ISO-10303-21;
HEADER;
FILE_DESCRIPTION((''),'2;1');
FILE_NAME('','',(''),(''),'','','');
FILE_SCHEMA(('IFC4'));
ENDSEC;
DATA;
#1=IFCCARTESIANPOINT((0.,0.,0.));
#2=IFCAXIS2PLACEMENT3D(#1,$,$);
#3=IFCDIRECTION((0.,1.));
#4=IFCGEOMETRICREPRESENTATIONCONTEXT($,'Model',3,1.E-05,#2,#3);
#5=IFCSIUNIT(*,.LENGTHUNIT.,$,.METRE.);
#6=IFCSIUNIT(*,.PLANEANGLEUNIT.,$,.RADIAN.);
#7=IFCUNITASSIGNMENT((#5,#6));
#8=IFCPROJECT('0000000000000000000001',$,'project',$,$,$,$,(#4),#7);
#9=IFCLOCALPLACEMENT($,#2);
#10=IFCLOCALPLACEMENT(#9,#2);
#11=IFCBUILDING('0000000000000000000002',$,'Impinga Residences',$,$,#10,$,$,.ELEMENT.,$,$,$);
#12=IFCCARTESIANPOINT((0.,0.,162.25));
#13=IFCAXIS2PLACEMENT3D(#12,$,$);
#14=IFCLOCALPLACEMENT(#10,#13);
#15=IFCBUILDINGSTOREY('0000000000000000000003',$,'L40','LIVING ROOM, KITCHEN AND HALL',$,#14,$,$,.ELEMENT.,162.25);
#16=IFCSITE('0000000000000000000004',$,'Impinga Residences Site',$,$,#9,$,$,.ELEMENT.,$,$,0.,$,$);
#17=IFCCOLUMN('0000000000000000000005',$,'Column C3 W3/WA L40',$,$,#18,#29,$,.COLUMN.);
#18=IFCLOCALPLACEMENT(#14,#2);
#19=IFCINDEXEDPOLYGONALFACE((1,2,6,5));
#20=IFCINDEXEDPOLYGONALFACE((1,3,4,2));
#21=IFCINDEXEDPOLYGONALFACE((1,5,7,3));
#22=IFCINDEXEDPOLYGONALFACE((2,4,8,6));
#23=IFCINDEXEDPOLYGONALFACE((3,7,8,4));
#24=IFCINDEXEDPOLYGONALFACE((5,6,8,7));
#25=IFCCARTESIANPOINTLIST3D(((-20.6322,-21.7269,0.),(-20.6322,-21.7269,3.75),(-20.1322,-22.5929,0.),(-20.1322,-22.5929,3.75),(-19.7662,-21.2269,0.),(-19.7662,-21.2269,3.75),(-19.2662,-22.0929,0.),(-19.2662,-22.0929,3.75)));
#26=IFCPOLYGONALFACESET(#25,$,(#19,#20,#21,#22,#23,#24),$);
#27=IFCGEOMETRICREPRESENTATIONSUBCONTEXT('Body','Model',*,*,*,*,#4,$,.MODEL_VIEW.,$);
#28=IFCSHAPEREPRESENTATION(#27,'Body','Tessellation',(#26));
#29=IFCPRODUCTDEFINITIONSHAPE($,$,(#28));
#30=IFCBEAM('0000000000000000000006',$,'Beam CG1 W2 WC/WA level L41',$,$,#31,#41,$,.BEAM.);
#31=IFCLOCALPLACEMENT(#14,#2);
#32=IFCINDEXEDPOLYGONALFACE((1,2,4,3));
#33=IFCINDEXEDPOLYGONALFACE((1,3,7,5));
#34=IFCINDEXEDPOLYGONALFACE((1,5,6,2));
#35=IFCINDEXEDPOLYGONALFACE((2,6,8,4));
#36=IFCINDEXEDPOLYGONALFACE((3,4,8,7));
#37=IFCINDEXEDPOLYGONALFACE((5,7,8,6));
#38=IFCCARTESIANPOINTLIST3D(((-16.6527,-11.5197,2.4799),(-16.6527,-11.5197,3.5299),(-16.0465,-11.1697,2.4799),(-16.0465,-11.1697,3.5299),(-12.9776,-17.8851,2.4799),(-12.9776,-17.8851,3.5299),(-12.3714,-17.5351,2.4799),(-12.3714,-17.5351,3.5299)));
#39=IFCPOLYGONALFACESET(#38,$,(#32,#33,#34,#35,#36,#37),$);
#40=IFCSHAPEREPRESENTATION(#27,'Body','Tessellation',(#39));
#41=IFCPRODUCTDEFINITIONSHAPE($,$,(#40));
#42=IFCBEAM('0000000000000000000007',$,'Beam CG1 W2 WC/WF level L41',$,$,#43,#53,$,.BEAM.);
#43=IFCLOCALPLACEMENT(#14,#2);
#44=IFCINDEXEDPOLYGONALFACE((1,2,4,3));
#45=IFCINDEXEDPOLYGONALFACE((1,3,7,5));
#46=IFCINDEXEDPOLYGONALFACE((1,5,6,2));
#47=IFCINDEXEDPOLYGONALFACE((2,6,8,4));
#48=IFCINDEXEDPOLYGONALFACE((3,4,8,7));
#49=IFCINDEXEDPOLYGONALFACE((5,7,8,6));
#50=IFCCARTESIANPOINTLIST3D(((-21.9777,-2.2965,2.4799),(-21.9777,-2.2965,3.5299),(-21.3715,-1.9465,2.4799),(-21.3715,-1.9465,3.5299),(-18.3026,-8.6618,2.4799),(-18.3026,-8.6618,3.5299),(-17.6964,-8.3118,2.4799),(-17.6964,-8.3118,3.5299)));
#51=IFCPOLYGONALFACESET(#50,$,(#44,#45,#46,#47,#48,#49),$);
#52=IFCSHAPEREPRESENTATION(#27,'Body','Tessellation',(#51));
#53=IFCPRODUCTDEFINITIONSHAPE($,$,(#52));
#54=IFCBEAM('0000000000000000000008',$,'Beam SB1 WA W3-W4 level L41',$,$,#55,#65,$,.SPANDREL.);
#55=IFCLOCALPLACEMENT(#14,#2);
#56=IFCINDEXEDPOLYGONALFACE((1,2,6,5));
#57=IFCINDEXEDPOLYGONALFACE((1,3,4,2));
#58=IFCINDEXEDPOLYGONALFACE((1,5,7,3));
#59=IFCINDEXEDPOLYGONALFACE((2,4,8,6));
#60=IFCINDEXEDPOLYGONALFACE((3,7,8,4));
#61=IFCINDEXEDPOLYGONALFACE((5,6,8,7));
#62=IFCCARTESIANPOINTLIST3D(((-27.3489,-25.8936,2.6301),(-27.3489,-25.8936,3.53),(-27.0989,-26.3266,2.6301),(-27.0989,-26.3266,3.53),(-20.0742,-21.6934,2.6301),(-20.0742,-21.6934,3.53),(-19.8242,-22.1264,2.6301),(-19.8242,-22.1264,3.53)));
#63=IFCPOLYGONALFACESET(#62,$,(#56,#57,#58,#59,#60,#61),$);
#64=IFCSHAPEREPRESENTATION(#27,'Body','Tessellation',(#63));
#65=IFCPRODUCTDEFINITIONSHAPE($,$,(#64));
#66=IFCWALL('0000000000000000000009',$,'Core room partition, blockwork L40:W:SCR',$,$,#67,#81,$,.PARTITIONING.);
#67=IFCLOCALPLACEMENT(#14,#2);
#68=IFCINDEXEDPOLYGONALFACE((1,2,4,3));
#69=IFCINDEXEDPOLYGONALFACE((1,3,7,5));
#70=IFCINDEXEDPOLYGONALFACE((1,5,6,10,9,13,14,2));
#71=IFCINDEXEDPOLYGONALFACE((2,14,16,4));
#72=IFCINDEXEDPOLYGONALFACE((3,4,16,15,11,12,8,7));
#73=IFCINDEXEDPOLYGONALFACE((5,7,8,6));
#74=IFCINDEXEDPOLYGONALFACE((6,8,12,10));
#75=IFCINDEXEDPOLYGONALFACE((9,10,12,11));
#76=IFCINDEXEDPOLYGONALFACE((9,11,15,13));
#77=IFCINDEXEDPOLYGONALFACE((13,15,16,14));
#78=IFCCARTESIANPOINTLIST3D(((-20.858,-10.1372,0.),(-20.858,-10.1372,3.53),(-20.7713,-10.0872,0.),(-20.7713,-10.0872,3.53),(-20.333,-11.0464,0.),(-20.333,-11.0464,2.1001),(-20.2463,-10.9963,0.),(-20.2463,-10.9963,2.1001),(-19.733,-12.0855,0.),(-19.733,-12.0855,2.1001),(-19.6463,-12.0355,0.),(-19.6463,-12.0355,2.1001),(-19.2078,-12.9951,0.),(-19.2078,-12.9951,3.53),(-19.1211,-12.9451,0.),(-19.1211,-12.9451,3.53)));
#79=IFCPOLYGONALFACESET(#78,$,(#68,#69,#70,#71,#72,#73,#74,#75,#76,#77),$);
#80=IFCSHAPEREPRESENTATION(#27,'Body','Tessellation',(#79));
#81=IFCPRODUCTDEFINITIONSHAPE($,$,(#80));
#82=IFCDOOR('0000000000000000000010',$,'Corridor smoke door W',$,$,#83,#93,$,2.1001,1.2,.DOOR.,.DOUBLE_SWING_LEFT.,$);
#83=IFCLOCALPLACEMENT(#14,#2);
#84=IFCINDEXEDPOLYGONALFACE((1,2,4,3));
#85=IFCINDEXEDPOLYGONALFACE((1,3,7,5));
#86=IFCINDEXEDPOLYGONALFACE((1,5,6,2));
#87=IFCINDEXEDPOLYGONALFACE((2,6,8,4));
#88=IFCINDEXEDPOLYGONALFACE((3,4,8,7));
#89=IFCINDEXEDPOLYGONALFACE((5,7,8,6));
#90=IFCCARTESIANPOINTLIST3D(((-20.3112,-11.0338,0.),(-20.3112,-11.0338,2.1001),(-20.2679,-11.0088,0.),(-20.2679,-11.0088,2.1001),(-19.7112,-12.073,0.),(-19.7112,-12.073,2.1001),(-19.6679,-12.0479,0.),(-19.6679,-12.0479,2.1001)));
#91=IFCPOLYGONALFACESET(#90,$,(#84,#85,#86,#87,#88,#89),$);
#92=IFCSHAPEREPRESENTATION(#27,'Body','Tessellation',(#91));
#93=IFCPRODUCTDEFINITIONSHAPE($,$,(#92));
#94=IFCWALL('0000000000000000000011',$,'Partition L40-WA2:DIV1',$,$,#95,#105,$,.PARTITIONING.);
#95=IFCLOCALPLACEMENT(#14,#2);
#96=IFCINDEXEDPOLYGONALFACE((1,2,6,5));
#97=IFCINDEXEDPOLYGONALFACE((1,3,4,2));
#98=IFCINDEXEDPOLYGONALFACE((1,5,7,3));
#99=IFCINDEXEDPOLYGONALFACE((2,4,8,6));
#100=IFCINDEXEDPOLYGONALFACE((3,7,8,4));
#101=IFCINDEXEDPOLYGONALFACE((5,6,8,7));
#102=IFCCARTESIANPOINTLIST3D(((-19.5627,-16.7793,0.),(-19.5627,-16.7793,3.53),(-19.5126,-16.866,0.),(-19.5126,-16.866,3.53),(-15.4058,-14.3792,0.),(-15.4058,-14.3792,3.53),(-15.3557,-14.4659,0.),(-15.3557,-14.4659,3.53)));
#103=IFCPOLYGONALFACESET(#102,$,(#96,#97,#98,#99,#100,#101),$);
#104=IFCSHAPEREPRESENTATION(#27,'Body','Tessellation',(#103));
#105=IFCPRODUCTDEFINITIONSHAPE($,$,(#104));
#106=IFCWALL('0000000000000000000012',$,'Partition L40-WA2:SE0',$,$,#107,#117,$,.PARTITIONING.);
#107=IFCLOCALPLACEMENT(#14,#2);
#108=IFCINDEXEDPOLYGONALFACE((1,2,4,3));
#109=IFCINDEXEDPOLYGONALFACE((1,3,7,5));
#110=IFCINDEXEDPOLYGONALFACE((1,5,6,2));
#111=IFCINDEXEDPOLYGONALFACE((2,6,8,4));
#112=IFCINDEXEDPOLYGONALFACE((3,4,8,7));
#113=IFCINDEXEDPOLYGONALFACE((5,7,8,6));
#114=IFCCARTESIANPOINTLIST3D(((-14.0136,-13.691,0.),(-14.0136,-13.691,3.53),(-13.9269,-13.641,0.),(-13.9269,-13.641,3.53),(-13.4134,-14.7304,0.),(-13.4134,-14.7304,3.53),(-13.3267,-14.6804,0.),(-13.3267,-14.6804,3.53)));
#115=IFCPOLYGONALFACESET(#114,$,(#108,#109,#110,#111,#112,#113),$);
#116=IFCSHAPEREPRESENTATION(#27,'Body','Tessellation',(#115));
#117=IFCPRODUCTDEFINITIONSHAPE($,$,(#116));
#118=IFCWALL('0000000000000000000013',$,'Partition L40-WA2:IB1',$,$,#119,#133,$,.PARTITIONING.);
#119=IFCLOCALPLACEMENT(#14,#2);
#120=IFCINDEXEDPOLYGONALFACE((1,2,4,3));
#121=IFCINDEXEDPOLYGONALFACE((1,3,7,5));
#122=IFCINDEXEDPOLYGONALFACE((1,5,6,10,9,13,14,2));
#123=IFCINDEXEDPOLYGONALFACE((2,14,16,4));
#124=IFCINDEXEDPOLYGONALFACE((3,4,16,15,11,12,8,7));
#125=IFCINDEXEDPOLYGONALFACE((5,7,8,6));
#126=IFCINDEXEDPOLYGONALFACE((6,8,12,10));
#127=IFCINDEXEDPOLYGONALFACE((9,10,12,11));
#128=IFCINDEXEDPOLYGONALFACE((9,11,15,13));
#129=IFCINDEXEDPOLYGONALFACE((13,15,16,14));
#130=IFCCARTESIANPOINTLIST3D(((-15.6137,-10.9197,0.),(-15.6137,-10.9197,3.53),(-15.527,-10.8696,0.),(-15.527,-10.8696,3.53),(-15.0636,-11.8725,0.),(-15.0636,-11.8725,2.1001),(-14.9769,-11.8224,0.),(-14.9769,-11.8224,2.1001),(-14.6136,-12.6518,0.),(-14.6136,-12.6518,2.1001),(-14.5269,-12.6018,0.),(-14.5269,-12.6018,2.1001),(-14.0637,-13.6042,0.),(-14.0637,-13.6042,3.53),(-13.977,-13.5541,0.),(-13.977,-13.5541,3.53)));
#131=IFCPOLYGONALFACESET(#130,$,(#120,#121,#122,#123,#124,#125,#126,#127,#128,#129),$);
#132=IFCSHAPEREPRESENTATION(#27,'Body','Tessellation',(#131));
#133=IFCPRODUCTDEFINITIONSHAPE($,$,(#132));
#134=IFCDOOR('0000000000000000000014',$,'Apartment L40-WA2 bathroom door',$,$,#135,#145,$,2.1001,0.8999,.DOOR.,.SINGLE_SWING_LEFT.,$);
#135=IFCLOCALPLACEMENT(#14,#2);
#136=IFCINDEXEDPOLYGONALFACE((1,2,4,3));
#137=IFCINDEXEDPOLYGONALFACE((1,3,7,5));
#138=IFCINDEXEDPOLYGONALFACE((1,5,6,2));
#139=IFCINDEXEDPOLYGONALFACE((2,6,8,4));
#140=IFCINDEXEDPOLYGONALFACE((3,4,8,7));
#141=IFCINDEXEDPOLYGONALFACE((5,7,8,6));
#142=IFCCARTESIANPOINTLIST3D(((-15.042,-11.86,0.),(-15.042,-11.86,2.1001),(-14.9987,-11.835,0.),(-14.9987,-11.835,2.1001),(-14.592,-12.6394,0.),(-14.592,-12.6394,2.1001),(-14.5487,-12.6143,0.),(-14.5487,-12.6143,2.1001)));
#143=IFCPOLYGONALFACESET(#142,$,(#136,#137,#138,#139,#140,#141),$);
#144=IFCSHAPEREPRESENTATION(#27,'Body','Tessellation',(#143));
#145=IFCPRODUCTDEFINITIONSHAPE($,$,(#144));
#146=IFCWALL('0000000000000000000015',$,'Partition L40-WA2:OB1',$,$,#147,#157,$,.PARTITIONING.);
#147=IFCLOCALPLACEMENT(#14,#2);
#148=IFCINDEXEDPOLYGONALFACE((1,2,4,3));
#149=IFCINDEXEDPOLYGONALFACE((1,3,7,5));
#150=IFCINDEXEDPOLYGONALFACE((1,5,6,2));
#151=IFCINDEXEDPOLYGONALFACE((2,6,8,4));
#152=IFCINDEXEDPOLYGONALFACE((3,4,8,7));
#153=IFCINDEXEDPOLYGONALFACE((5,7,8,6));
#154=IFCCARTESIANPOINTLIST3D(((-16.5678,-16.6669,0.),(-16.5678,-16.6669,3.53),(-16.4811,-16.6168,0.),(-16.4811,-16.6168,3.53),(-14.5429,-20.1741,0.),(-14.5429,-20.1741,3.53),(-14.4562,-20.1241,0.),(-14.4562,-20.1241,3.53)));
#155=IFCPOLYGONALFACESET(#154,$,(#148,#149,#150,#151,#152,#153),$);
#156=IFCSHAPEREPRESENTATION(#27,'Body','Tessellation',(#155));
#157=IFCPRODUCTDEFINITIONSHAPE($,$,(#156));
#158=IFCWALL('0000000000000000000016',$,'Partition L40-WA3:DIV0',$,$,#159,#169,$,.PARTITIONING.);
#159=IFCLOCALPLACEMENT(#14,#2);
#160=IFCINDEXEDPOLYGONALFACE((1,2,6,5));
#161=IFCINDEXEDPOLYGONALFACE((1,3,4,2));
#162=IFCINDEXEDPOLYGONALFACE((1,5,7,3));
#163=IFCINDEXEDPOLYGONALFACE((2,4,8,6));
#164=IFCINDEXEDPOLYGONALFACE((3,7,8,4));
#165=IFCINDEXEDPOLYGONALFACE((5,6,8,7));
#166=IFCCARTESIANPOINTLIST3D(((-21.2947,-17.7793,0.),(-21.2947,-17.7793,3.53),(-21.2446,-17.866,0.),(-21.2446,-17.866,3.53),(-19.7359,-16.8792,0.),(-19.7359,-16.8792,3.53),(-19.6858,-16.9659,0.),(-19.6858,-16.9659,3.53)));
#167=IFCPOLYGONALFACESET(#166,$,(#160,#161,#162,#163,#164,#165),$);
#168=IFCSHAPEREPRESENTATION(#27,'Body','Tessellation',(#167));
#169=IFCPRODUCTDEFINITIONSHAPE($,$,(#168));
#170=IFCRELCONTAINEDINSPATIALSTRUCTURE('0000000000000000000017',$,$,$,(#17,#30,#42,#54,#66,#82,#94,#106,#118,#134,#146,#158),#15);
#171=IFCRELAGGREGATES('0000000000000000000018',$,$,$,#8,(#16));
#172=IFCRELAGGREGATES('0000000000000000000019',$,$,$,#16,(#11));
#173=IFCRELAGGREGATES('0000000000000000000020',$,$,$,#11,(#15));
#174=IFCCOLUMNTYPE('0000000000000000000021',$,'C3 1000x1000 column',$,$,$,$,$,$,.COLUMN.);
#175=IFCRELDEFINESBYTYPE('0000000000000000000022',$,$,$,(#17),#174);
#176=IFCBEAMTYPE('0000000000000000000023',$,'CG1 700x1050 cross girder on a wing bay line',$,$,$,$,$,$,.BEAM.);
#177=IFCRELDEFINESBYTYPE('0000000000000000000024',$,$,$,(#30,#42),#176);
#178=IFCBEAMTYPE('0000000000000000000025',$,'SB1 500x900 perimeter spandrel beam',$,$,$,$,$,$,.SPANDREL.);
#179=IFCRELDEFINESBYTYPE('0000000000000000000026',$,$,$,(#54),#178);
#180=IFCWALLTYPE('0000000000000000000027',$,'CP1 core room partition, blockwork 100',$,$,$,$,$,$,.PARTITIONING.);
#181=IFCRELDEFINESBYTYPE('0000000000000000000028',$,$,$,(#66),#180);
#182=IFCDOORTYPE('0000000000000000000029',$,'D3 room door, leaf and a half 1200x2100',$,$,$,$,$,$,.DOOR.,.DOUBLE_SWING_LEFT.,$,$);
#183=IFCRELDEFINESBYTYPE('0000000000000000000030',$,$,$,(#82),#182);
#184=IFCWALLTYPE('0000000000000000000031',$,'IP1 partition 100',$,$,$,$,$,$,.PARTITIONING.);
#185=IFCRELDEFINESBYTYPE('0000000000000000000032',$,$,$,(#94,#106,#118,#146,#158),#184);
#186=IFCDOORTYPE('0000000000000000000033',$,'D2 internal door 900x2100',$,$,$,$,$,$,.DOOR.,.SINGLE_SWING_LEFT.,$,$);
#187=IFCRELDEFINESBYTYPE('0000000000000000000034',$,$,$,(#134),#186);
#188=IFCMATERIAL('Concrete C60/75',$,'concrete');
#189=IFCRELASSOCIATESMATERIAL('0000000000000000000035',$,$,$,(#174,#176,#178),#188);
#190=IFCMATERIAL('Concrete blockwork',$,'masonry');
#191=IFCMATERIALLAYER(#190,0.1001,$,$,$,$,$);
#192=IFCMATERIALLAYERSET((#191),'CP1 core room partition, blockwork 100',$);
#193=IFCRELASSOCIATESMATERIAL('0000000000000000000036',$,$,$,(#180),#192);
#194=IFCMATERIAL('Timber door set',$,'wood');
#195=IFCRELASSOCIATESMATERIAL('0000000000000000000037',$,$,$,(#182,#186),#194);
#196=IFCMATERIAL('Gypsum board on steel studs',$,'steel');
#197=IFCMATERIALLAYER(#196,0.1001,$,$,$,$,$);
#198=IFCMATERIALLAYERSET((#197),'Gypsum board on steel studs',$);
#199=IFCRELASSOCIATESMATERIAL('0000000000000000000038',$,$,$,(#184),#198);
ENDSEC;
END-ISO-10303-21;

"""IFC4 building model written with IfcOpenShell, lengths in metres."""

from ifc_helpers import new_model, si_unit, direction, frame, frame_2d, origin, origin_2d, place, context, subcontext, project, spatial, rectangle, extrude, material, layer, layer_set, material_profile, profile_set, type_object, element, fill, save


model = new_model("IFC4")

# Units and contexts
model_context = context("Model", 3, precision=1e-05, world=origin(), true_north=direction((0.0, 1.0)))
body_context = subcontext(model_context, "Body", "Model", "MODEL_VIEW")
ifc_project = project(units=[si_unit("LENGTHUNIT", "METRE"), si_unit("PLANEANGLEUNIT", "RADIAN")], contexts=[model_context])

# Site, building, storey
site_placement = place(None, origin())
site = spatial("IfcSite", under=ifc_project, at=site_placement, Name="Impinga Residences Site", CompositionType="ELEMENT", RefElevation=0.0)
building_placement = place(site_placement, origin())
building = spatial("IfcBuilding", under=site, at=building_placement, Name="Impinga Residences", CompositionType="ELEMENT")
storey_placement = place(building_placement, frame((0.0, 0.0, 162.25)))
storey = spatial("IfcBuildingStorey", under=building, at=storey_placement, Name="L40", Description="LIVING ROOM, KITCHEN AND HALL", CompositionType="ELEMENT", Elevation=162.25)

# Column
ifc_material_1 = material(Name="Concrete C60/75", Category="concrete")
ifc_material_profile_1 = material_profile(ifc_material_1, rectangle(XDim=1.0, YDim=1.0, at=origin_2d()), Name="RC 1000x1000")
ifc_profile_set_1 = profile_set([ifc_material_profile_1], Name="Concrete C60/75")
column_type = type_object("IfcColumnType", Name="C3 1000x1000 column", PredefinedType="COLUMN", material=ifc_profile_set_1)
column_placement = place(storey_placement, frame((-19.9492, -21.9099, 0.0), z_axis=(0.0, 0.0, 1.0), x_axis=(-0.5, 0.866025, 0.0)))
element("IfcColumn", 1, at=column_placement, inside=storey, type_object=column_type, Name="Column C3 W3/WA L40", PredefinedType="COLUMN", context=body_context, shape_type="SweptSolid", body=[
    extrude(rectangle(XDim=1.0, YDim=1.0, at=origin_2d()), origin(), (0.0, 0.0, 1.0), 3.75),
])

# Beams
ifc_material_profile_2 = material_profile(ifc_material_1, rectangle(XDim=0.7, YDim=1.05, at=origin_2d()), Name="RC 700x1050")
ifc_profile_set_2 = profile_set([ifc_material_profile_2], Name="Concrete C60/75")
beam_type_1 = type_object("IfcBeamType", Name="CG1 700x1050 cross girder on a wing bay line", PredefinedType="BEAM", material=ifc_profile_set_2)
for number, where, z_axis, x_axis, name in (
    (2, (-16.3496, -11.3447, 3.0049), (0.500008, -0.866021, 0.0), (0.866021, 0.500008, 0.0), "Beam CG1 W2 WC/WA level L41"),
    (3, (-17.9995, -8.4868, 3.0049), (-0.500008, 0.866021, 0.0), (-0.866021, -0.500008, 0.0), "Beam CG1 W2 WC/WF level L41"),
):
    element("IfcBeam", number, at=place(storey_placement, frame(where, z_axis=z_axis, x_axis=x_axis)), inside=storey, type_object=beam_type_1, Name=name, PredefinedType="BEAM", context=body_context, shape_type="SweptSolid", body=[
        extrude(rectangle(XDim=0.7, YDim=1.05, at=origin_2d()), origin(), (0.0, 0.0, 1.0), 7.3501),
    ])
ifc_material_profile_3 = material_profile(ifc_material_1, rectangle(XDim=0.5, YDim=0.8999, at=origin_2d()), Name="RC 500x900")
ifc_profile_set_3 = profile_set([ifc_material_profile_3], Name="Concrete C60/75")
beam_type_2 = type_object("IfcBeamType", Name="SB1 500x900 perimeter spandrel beam", PredefinedType="SPANDREL", material=ifc_profile_set_3)
beam_placement = place(storey_placement, frame((-19.9492, -21.9099, 3.0801), z_axis=(-0.866017, -0.500015, 0.0), x_axis=(0.500015, -0.866017, 0.0)))
element("IfcBeam", 4, at=beam_placement, inside=storey, type_object=beam_type_2, Name="Beam SB1 WA W3-W4 level L41", PredefinedType="SPANDREL", context=body_context, shape_type="SweptSolid", body=[
    extrude(rectangle(XDim=0.5, YDim=0.8999, at=origin_2d()), origin(), (0.0, 0.0, 1.0), 8.4001),
])

# Wall, opening, door
ifc_material_2 = material(Name="Concrete blockwork", Category="masonry")
ifc_layer_1 = layer(ifc_material_2, 0.1001)
ifc_layer_set_1 = layer_set([ifc_layer_1], Name="CP1 core room partition, blockwork 100")
wall_type_1 = type_object("IfcWallType", Name="CP1 core room partition, blockwork 100", PredefinedType="PARTITIONING", material=ifc_layer_set_1)
wall_1_placement = place(storey_placement, frame((-19.1646, -12.97, 0.0), z_axis=(0.0, 0.0, 1.0), x_axis=(-0.50003, 0.866008, 0.0)))
wall_1 = element("IfcWall", 5, at=wall_1_placement, inside=storey, type_object=wall_type_1, Name="Core room partition, blockwork L40:W:SCR", PredefinedType="PARTITIONING", context=body_context, shape_type="SweptSolid", body=[
    extrude(rectangle(XDim=3.3, YDim=0.1001, at=frame_2d((1.6499, 0.0))), origin(), (0.0, 0.0, 1.0), 3.53),
])
opening_1_placement = place(wall_1_placement, frame((1.05, 0.0, 0.0)))
opening_1 = element("IfcOpeningElement", 6, at=opening_1_placement, cuts=wall_1, PredefinedType="OPENING", context=body_context, shape_type="SweptSolid", body=[
    extrude(rectangle(XDim=1.2, YDim=2.1001, at=frame_2d((0.6001, 1.05))), frame((0.0, 0.0601, 0.0), z_axis=(0.0, -1.0, 0.0), x_axis=(1.0, 0.0, 0.0)), (0.0, 0.0, 1.0), 0.1201),
])
ifc_material_3 = material(Name="Timber door set", Category="wood")
door_type_1 = type_object("IfcDoorType", Name="D3 room door, leaf and a half 1200x2100", OperationType="DOUBLE_SWING_LEFT", PredefinedType="DOOR", material=ifc_material_3)
door_1_placement = place(opening_1_placement, origin())
door_1 = element("IfcDoor", 7, at=door_1_placement, inside=storey, type_object=door_type_1, Name="Corridor smoke door W", OperationType="DOUBLE_SWING_LEFT", OverallHeight=2.1001, OverallWidth=1.2, PredefinedType="DOOR", context=body_context, shape_type="SweptSolid", body=[
    extrude(rectangle(XDim=1.2, YDim=2.1001, at=frame_2d((0.6001, 1.05))), frame((0.0, 0.0249, 0.0), z_axis=(0.0, -1.0, 0.0), x_axis=(1.0, 0.0, 0.0)), (0.0, 0.0, 1.0), 0.05),
])
fill(opening_1, door_1)

# Walls
ifc_material_4 = material(Name="Gypsum board on steel studs", Category="steel")
ifc_layer_2 = layer(ifc_material_4, 0.1001)
ifc_layer_set_2 = layer_set([ifc_layer_2], Name="Gypsum board on steel studs")
wall_type_2 = type_object("IfcWallType", Name="IP1 partition 100", PredefinedType="PARTITIONING", material=ifc_layer_set_2)
wall_2_placement = place(storey_placement, frame((-15.3809, -14.4226, 0.0), z_axis=(0.0, 0.0, 1.0), x_axis=(-0.866015, -0.500017, 0.0)))
element("IfcWall", 8, at=wall_2_placement, inside=storey, type_object=wall_type_2, Name="Partition L40-WA2:DIV1", PredefinedType="PARTITIONING", context=body_context, shape_type="SweptSolid", body=[
    extrude(rectangle(XDim=4.8, YDim=0.1001, at=frame_2d((2.3999, 0.0))), origin(), (0.0, 0.0, 1.0), 3.53),
])
wall_3_placement = place(storey_placement, frame((-13.9702, -13.666, 0.0), z_axis=(0.0, 0.0, 1.0), x_axis=(0.500034, -0.866006, 0.0)))
element("IfcWall", 9, at=wall_3_placement, inside=storey, type_object=wall_type_2, Name="Partition L40-WA2:SE0", PredefinedType="PARTITIONING", context=body_context, shape_type="SweptSolid", body=[
    extrude(rectangle(XDim=1.2002, YDim=0.1001, at=frame_2d((0.6001, 0.0))), origin(), (0.0, 0.0, 1.0), 3.53),
])

# Wall, opening, door
wall_4_placement = place(storey_placement, frame((-15.5703, -10.8948, 0.0), z_axis=(0.0, 0.0, 1.0), x_axis=(0.500027, -0.86601, 0.0)))
wall_4 = element("IfcWall", 10, at=wall_4_placement, inside=storey, type_object=wall_type_2, Name="Partition L40-WA2:IB1", PredefinedType="PARTITIONING", context=body_context, shape_type="SweptSolid", body=[
    extrude(rectangle(XDim=3.0999, YDim=0.1001, at=frame_2d((1.5498, 0.0))), origin(), (0.0, 0.0, 1.0), 3.53),
])
opening_2_placement = place(wall_4_placement, frame((1.1001, 0.0, 0.0)))
opening_2 = element("IfcOpeningElement", 11, at=opening_2_placement, cuts=wall_4, PredefinedType="OPENING", context=body_context, shape_type="SweptSolid", body=[
    extrude(rectangle(XDim=0.8999, YDim=2.1001, at=frame_2d((0.45, 1.05))), frame((0.0, 0.0601, 0.0), z_axis=(0.0, -1.0, 0.0), x_axis=(1.0, 0.0, 0.0)), (0.0, 0.0, 1.0), 0.1201),
])
door_type_2 = type_object("IfcDoorType", Name="D2 internal door 900x2100", OperationType="SINGLE_SWING_LEFT", PredefinedType="DOOR", material=ifc_material_3)
door_2_placement = place(opening_2_placement, origin())
door_2 = element("IfcDoor", 12, at=door_2_placement, inside=storey, type_object=door_type_2, Name="Apartment L40-WA2 bathroom door", OperationType="SINGLE_SWING_LEFT", OverallHeight=2.1001, OverallWidth=0.8999, PredefinedType="DOOR", context=body_context, shape_type="SweptSolid", body=[
    extrude(rectangle(XDim=0.8999, YDim=2.1001, at=frame_2d((0.45, 1.05))), frame((0.0, 0.0249, 0.0), z_axis=(0.0, -1.0, 0.0), x_axis=(1.0, 0.0, 0.0)), (0.0, 0.0, 1.0), 0.05),
])
fill(opening_2, door_2)

# Walls
wall_5_placement = place(storey_placement, frame((-16.5244, -16.6418, 0.0), z_axis=(0.0, 0.0, 1.0), x_axis=(0.49999, -0.866031, 0.0)))
element("IfcWall", 13, at=wall_5_placement, inside=storey, type_object=wall_type_2, Name="Partition L40-WA2:OB1", PredefinedType="PARTITIONING", context=body_context, shape_type="SweptSolid", body=[
    extrude(rectangle(XDim=4.0498, YDim=0.1001, at=frame_2d((2.0249, 0.0))), origin(), (0.0, 0.0, 1.0), 3.53),
])
wall_6_placement = place(storey_placement, frame((-19.7109, -16.9226, 0.0), z_axis=(0.0, 0.0, 1.0), x_axis=(-0.865989, -0.500063, 0.0)))
element("IfcWall", 14, at=wall_6_placement, inside=storey, type_object=wall_type_2, Name="Partition L40-WA3:DIV0", PredefinedType="PARTITIONING", context=body_context, shape_type="SweptSolid", body=[
    extrude(rectangle(XDim=1.8, YDim=0.1001, at=frame_2d((0.8999, 0.0))), origin(), (0.0, 0.0, 1.0), 3.53),
])

save(model, "model.ifc")
